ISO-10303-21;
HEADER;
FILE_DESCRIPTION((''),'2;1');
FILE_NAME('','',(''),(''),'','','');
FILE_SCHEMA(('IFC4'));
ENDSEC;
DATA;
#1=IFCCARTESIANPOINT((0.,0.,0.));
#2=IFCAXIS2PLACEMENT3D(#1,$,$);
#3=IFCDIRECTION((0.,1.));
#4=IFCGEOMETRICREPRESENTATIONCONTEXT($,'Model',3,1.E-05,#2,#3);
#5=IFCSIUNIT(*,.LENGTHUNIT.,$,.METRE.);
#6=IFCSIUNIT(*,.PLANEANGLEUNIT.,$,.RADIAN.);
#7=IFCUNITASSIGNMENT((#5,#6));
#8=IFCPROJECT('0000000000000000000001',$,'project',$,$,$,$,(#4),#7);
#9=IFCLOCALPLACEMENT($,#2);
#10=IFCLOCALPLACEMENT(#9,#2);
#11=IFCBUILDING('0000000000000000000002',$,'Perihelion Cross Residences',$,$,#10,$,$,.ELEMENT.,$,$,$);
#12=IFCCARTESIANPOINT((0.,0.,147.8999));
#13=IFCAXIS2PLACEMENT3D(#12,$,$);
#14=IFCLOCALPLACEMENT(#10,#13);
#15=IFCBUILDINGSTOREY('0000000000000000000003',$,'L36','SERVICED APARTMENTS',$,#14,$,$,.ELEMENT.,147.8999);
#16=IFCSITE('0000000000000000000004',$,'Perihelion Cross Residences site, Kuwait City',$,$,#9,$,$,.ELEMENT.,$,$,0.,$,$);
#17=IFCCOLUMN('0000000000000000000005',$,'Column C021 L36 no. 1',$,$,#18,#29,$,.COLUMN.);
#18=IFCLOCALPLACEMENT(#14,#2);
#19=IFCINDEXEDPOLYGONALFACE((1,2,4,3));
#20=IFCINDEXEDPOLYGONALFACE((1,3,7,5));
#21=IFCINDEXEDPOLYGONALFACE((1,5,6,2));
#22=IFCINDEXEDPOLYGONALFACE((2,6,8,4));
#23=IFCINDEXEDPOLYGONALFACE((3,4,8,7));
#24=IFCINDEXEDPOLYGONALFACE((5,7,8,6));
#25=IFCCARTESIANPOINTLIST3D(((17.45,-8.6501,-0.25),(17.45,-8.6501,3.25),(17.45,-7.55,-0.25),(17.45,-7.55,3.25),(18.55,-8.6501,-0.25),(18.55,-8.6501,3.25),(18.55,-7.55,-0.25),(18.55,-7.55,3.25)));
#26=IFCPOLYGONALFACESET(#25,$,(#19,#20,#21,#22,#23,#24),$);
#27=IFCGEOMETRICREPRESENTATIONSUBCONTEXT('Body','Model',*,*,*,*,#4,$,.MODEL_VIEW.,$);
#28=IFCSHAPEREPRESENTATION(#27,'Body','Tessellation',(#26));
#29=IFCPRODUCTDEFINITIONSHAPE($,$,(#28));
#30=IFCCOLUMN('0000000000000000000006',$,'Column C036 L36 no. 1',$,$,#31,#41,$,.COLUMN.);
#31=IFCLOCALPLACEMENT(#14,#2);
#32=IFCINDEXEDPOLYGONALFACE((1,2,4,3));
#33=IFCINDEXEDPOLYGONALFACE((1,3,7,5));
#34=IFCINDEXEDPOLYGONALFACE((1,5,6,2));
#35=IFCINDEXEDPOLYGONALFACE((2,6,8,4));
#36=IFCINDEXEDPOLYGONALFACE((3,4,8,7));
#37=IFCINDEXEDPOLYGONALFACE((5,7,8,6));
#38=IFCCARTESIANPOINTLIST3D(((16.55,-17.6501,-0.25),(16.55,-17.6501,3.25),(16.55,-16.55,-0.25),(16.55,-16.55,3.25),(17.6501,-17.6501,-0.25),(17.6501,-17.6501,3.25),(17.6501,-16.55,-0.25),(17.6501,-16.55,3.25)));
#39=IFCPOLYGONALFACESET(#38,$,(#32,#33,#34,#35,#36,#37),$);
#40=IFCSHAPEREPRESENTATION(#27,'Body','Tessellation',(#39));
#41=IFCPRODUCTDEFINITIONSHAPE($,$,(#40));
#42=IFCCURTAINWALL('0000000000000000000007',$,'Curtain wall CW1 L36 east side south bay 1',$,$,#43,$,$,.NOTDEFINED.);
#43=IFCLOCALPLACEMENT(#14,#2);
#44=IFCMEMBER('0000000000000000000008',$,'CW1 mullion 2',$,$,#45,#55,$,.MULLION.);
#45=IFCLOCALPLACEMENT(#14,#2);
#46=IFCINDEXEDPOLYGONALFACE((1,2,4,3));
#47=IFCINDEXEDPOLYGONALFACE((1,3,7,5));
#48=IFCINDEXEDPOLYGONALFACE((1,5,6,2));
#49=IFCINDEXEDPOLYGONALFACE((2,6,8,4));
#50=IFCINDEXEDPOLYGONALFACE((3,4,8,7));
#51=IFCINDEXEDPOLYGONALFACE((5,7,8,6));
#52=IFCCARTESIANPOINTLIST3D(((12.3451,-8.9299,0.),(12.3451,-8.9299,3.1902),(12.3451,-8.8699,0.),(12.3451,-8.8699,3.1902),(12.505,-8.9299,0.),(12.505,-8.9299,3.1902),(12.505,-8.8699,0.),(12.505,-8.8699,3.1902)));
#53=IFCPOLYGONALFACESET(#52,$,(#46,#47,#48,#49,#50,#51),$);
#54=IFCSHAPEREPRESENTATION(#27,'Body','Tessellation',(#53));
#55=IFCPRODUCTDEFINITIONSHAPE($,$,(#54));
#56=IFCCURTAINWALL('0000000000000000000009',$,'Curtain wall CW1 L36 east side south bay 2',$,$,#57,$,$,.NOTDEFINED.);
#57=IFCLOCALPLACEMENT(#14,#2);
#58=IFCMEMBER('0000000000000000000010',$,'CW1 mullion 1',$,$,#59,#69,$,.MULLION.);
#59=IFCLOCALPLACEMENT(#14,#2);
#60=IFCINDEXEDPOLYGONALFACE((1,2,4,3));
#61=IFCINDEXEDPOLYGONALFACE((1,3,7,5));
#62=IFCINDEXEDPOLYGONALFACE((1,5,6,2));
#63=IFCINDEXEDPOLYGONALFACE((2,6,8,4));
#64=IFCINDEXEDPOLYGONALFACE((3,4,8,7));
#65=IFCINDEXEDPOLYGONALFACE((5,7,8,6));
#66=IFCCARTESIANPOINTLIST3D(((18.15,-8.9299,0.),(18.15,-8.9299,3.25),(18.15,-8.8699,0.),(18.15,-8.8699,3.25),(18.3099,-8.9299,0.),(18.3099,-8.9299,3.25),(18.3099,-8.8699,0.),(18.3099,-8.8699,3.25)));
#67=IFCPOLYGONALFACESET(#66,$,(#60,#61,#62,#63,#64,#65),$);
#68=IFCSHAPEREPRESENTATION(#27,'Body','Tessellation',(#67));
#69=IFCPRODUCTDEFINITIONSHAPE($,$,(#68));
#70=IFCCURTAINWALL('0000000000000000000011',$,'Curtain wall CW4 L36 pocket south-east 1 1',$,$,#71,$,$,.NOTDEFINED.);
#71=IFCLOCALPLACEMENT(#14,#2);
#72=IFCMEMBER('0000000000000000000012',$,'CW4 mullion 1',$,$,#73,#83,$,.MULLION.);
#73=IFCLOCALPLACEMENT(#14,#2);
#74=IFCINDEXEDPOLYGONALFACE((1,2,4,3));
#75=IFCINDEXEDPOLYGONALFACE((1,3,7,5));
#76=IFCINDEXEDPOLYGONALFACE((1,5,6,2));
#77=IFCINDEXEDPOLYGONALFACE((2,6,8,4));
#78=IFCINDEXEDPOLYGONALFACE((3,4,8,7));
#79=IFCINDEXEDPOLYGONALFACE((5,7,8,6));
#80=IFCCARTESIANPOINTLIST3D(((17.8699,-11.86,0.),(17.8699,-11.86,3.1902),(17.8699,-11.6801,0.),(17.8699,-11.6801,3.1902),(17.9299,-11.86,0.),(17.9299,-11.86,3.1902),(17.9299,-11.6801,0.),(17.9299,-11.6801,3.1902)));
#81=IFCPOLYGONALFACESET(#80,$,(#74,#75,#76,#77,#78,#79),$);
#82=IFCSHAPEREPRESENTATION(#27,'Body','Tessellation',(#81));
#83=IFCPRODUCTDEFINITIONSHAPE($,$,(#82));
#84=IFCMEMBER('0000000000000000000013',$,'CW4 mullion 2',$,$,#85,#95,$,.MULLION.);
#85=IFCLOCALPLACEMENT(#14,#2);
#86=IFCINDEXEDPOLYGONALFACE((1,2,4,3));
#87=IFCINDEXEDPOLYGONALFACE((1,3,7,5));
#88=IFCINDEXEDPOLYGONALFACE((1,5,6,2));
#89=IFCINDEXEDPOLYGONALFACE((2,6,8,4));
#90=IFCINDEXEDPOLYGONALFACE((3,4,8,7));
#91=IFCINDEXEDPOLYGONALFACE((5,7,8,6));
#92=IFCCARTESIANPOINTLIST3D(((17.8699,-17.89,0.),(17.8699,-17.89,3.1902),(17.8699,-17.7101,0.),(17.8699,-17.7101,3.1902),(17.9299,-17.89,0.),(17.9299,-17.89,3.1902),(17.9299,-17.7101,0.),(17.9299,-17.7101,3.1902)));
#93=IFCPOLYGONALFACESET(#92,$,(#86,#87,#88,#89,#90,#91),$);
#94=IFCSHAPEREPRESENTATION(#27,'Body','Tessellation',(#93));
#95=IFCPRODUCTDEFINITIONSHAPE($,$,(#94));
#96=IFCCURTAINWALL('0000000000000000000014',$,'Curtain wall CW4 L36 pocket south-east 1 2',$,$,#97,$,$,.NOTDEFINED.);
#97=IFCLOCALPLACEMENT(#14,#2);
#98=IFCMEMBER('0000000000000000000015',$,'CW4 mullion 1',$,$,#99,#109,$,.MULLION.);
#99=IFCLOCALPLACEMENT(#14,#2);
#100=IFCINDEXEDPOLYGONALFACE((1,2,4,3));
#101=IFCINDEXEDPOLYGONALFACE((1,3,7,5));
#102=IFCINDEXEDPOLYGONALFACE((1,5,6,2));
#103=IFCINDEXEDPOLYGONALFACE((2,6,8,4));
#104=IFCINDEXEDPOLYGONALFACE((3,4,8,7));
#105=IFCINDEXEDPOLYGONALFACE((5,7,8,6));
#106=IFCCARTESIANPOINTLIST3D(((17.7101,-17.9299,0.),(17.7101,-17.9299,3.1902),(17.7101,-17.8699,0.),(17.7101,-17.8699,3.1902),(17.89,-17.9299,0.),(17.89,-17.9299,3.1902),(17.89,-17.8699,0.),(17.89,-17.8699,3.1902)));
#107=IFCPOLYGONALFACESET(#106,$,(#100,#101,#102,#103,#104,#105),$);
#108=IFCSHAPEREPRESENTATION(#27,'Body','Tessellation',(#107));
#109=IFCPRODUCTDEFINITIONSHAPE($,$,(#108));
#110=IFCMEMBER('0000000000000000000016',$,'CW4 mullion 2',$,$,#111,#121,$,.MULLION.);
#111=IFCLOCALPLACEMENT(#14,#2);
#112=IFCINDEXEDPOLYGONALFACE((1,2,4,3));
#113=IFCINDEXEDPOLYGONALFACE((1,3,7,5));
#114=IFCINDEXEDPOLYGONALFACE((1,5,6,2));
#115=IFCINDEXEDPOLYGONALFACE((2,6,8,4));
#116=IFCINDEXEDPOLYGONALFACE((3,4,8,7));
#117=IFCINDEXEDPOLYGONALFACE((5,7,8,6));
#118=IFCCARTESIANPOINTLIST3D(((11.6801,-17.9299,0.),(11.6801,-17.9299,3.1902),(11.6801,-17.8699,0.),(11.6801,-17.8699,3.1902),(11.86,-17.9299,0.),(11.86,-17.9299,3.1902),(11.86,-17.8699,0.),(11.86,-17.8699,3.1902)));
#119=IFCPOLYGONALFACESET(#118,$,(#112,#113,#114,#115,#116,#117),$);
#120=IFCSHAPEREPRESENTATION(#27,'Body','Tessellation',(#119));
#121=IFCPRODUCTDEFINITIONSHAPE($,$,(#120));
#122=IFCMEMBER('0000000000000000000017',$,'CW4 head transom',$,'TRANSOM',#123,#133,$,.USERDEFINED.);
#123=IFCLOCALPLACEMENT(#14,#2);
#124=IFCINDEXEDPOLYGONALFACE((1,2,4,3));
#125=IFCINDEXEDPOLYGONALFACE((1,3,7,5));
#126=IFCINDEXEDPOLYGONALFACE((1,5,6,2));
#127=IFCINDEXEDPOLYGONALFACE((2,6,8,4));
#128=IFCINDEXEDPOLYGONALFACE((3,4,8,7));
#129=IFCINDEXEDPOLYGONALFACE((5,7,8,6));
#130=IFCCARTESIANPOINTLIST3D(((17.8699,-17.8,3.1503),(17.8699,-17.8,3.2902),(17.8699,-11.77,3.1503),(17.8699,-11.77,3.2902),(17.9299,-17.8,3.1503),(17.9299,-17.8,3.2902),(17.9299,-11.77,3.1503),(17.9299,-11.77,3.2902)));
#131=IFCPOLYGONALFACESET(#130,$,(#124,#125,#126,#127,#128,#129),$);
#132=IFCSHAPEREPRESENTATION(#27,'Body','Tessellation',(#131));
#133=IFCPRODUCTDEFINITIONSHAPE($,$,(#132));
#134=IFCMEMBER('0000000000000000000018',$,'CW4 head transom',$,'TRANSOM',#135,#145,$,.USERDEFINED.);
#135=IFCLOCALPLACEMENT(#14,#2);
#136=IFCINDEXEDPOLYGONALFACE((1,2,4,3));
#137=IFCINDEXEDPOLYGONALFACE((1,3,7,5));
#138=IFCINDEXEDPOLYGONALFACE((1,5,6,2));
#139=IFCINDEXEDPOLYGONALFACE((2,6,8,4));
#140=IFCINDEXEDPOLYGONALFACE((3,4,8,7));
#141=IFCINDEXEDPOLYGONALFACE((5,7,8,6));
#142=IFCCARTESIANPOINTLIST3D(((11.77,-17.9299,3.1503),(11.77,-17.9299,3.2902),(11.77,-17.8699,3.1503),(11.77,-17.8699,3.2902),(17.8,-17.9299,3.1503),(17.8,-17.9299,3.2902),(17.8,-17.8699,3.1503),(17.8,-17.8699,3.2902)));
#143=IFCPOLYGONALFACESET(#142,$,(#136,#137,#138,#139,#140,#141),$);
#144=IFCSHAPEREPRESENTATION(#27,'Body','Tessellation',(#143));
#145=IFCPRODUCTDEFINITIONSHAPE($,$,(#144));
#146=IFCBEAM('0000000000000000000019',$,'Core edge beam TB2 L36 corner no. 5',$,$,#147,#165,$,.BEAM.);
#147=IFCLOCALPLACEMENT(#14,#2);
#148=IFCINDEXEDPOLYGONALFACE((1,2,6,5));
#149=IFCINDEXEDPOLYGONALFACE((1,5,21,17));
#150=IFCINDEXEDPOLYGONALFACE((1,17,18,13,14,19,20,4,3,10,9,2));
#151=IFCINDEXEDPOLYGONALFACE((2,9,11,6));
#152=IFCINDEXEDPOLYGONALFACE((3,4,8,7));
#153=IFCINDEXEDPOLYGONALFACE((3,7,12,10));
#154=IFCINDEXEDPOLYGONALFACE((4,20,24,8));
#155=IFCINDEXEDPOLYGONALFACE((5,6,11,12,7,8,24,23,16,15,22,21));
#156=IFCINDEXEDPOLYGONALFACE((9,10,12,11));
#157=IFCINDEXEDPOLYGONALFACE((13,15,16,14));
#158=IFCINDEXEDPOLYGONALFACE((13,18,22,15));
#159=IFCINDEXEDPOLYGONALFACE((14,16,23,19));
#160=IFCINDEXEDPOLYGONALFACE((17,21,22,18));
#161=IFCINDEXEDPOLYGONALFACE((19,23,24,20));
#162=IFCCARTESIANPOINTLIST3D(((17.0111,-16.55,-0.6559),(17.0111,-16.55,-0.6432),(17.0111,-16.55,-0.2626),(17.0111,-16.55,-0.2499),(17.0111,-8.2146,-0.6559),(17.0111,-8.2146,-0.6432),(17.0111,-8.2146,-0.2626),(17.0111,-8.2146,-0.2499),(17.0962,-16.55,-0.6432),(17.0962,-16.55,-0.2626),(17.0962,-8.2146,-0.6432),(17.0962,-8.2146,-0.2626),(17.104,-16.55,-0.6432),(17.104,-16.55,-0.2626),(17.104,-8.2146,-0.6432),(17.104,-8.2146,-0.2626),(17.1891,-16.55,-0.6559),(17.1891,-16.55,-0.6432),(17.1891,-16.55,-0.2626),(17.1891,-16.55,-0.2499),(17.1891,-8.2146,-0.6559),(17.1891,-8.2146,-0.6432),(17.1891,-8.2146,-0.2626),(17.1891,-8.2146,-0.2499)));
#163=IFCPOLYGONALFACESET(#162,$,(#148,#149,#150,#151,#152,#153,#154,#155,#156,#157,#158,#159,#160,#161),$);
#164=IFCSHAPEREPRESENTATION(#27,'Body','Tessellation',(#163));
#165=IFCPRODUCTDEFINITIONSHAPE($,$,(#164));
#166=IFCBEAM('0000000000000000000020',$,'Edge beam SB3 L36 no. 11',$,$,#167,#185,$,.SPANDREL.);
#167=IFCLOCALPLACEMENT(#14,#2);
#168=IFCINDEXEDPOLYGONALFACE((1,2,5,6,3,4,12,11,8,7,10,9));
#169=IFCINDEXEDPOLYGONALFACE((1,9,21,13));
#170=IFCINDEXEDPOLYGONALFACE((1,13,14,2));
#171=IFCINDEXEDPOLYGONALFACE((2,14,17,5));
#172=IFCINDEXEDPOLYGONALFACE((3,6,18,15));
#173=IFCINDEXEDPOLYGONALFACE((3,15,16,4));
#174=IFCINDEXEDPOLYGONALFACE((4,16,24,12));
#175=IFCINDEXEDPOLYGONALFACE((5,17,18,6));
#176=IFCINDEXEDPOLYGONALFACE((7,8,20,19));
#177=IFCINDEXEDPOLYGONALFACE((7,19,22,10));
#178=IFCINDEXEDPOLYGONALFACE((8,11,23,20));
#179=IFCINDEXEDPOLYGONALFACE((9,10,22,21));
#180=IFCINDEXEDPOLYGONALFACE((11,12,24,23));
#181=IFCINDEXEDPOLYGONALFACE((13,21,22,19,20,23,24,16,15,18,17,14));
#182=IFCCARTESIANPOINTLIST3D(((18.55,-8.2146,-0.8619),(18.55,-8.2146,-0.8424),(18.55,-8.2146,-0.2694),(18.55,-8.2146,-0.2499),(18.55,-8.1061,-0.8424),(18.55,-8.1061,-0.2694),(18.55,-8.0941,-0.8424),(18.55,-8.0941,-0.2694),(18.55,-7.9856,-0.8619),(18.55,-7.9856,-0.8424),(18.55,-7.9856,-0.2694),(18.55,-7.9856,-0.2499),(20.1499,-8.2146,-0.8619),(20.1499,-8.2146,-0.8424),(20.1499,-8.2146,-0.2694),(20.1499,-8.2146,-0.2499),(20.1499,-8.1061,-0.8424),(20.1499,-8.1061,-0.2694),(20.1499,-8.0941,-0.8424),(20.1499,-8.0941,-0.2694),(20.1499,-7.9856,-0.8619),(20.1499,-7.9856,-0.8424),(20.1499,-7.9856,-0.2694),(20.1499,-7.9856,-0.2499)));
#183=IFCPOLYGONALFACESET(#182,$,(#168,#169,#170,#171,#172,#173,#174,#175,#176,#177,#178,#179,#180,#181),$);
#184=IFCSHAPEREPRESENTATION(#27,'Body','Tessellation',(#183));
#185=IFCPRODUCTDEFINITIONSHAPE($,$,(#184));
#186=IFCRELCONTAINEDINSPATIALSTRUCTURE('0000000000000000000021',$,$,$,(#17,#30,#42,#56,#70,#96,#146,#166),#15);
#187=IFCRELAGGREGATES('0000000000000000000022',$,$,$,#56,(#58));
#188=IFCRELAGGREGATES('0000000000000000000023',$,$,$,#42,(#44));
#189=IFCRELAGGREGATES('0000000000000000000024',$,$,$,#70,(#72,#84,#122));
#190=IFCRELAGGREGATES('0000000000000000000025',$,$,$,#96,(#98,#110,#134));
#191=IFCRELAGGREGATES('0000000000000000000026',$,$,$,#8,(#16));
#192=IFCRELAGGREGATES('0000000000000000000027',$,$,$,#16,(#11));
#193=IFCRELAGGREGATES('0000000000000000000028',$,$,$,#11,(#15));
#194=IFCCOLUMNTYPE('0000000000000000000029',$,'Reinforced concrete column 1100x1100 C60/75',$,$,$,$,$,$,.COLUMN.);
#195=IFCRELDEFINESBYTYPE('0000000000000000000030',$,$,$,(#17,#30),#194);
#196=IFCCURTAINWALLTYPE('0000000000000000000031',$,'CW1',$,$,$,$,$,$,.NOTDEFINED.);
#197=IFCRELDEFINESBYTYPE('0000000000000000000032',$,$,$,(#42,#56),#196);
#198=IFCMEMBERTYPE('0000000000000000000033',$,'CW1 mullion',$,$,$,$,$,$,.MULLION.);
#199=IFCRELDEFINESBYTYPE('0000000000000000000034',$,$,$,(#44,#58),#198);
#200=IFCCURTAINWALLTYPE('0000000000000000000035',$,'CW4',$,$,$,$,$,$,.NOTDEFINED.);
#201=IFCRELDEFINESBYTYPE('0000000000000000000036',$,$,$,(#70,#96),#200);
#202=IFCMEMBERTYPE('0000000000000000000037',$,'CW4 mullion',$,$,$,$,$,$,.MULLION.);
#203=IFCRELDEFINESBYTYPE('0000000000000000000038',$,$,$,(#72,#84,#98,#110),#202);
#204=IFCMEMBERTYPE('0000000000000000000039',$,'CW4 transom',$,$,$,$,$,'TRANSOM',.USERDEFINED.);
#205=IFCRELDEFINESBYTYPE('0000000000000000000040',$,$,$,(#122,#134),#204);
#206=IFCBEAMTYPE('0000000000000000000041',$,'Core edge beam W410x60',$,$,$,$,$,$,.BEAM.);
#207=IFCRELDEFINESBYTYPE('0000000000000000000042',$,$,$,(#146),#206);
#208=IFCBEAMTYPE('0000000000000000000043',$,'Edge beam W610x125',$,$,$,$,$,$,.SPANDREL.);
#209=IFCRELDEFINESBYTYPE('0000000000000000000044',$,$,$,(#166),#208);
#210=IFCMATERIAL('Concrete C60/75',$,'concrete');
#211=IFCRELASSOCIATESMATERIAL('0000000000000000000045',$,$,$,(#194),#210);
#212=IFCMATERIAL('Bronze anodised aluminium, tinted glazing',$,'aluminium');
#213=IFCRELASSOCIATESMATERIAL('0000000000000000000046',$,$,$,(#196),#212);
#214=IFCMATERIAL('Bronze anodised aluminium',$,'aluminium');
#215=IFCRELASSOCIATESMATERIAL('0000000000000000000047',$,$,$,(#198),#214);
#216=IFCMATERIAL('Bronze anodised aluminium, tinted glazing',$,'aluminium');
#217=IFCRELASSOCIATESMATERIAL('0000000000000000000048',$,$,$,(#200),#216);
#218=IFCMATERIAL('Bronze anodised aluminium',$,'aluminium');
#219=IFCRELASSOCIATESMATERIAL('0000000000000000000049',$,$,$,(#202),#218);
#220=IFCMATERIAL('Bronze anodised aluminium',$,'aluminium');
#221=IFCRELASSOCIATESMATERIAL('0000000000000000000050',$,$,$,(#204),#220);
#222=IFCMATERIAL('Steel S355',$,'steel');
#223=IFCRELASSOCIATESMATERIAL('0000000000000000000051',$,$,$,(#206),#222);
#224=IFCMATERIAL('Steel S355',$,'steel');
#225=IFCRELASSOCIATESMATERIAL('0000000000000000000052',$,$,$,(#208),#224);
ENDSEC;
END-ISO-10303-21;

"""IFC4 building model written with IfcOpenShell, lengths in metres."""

from ifc_helpers import new_model, si_unit, direction, frame, origin, origin_2d, place, context, subcontext, project, spatial, rectangle, i_section, extrude, material, material_profile, profile_set, type_object, element, aggregate, save


model = new_model("IFC4")

# Units and contexts
model_context = context("Model", 3, precision=1e-05, world=origin(), true_north=direction((0.0, 1.0)))
body_context = subcontext(model_context, "Body", "Model", "MODEL_VIEW")
ifc_project = project(units=[si_unit("LENGTHUNIT", "METRE"), si_unit("PLANEANGLEUNIT", "RADIAN")], contexts=[model_context])

# Site, building, storey
site_placement = place(None, origin())
site = spatial("IfcSite", under=ifc_project, at=site_placement, Name="Perihelion Cross Residences site, Kuwait City", CompositionType="ELEMENT", RefElevation=0.0)
building_placement = place(site_placement, origin())
building = spatial("IfcBuilding", under=site, at=building_placement, Name="Perihelion Cross Residences", CompositionType="ELEMENT")
storey_placement = place(building_placement, frame((0.0, 0.0, 147.8999)))
storey = spatial("IfcBuildingStorey", under=building, at=storey_placement, Name="L36", Description="SERVICED APARTMENTS", CompositionType="ELEMENT", Elevation=147.8999)

# Columns
ifc_material_1 = material(Name="Concrete C60/75", Category="concrete")
ifc_material_profile_1 = material_profile(ifc_material_1, rectangle(XDim=1.1001, YDim=1.1001, at=origin_2d()), Name="RC 1100x1100")
ifc_profile_set_1 = profile_set([ifc_material_profile_1], Name="Concrete C60/75")
column_type = type_object("IfcColumnType", Name="Reinforced concrete column 1100x1100 C60/75", PredefinedType="COLUMN", material=ifc_profile_set_1)
for number, where, z_axis, x_axis, name in (
    (1, (18.0, -8.1001, -0.25), (0.0, 0.0, 1.0), (1.0, 0.0, 0.0), "Column C021 L36 no. 1"),
    (2, (17.1001, -17.1001, -0.25), (0.0, 0.0, 1.0), (1.0, 0.0, 0.0), "Column C036 L36 no. 1"),
):
    element("IfcColumn", number, at=place(storey_placement, frame(where, z_axis=z_axis, x_axis=x_axis)), inside=storey, type_object=column_type, Name=name, PredefinedType="COLUMN", context=body_context, shape_type="SweptSolid", body=[
        extrude(rectangle(XDim=1.1001, YDim=1.1001, at=origin_2d()), origin(), (0.0, 0.0, 1.0), 3.5),
    ])

# Curtain walls, members
ifc_material_2 = material(Name="Bronze anodised aluminium, tinted glazing", Category="aluminium")
curtain_wall_type_1 = type_object("IfcCurtainWallType", Name="CW1", PredefinedType="NOTDEFINED", material=ifc_material_2)
curtain_wall_1_placement = place(storey_placement, origin())
curtain_wall_1 = element("IfcCurtainWall", 3, at=curtain_wall_1_placement, inside=storey, type_object=curtain_wall_type_1, Name="Curtain wall CW1 L36 east side south bay 1", PredefinedType="NOTDEFINED")
ifc_material_3 = material(Name="Bronze anodised aluminium", Category="aluminium")
ifc_material_profile_2 = material_profile(ifc_material_3, rectangle(XDim=0.0601, YDim=0.1599, at=origin_2d()), Name="CW1 mullion")
ifc_profile_set_2 = profile_set([ifc_material_profile_2], Name="Bronze anodised aluminium")
member_type_1 = type_object("IfcMemberType", Name="CW1 mullion", PredefinedType="MULLION", material=ifc_profile_set_2)
member_1_placement = place(storey_placement, frame((12.425, -8.8999, 0.0), z_axis=(0.0, 0.0, 1.0), x_axis=(0.0, 1.0, 0.0)))
member_1 = element("IfcMember", 4, at=member_1_placement, type_object=member_type_1, Name="CW1 mullion 2", PredefinedType="MULLION", context=body_context, shape_type="SweptSolid", body=[
    extrude(rectangle(XDim=0.0601, YDim=0.1599, at=origin_2d()), origin(), (0.0, 0.0, 1.0), 3.1902),
])
curtain_wall_2_placement = place(storey_placement, origin())
curtain_wall_2 = element("IfcCurtainWall", 5, at=curtain_wall_2_placement, inside=storey, type_object=curtain_wall_type_1, Name="Curtain wall CW1 L36 east side south bay 2", PredefinedType="NOTDEFINED")
member_2_placement = place(storey_placement, frame((18.23, -8.8999, 0.0), z_axis=(0.0, 0.0, 1.0), x_axis=(0.0, 1.0, 0.0)))
member_2 = element("IfcMember", 6, at=member_2_placement, type_object=member_type_1, Name="CW1 mullion 1", PredefinedType="MULLION", context=body_context, shape_type="SweptSolid", body=[
    extrude(rectangle(XDim=0.0601, YDim=0.1599, at=origin_2d()), origin(), (0.0, 0.0, 1.0), 3.25),
])
aggregate(curtain_wall_2, [member_2])

# Curtain walls, members
ifc_material_4 = material(Name="Bronze anodised aluminium, tinted glazing", Category="aluminium")
curtain_wall_type_2 = type_object("IfcCurtainWallType", Name="CW4", PredefinedType="NOTDEFINED", material=ifc_material_4)
curtain_wall_3_placement = place(storey_placement, origin())
curtain_wall_3 = element("IfcCurtainWall", 7, at=curtain_wall_3_placement, inside=storey, type_object=curtain_wall_type_2, Name="Curtain wall CW4 L36 pocket south-east 1 1", PredefinedType="NOTDEFINED")
ifc_material_5 = material(Name="Bronze anodised aluminium", Category="aluminium")
ifc_material_profile_3 = material_profile(ifc_material_5, rectangle(XDim=0.0601, YDim=0.1799, at=origin_2d()), Name="CW4 mullion")
ifc_profile_set_3 = profile_set([ifc_material_profile_3], Name="Bronze anodised aluminium")
member_type_2 = type_object("IfcMemberType", Name="CW4 mullion", PredefinedType="MULLION", material=ifc_profile_set_3)
member_3_placement = place(storey_placement, frame((17.8999, -11.77, 0.0), z_axis=(0.0, 0.0, 1.0), x_axis=(1.0, 0.0, 0.0)))
member_3 = element("IfcMember", 8, at=member_3_placement, type_object=member_type_2, Name="CW4 mullion 1", PredefinedType="MULLION", context=body_context, shape_type="SweptSolid", body=[
    extrude(rectangle(XDim=0.0601, YDim=0.1799, at=origin_2d()), origin(), (0.0, 0.0, 1.0), 3.1902),
])
member_4_placement = place(storey_placement, frame((17.8999, -17.8, 0.0), z_axis=(0.0, 0.0, 1.0), x_axis=(1.0, 0.0, 0.0)))
member_4 = element("IfcMember", 9, at=member_4_placement, type_object=member_type_2, Name="CW4 mullion 2", PredefinedType="MULLION", context=body_context, shape_type="SweptSolid", body=[
    extrude(rectangle(XDim=0.0601, YDim=0.1799, at=origin_2d()), origin(), (0.0, 0.0, 1.0), 3.1902),
])
curtain_wall_4_placement = place(storey_placement, origin())
curtain_wall_4 = element("IfcCurtainWall", 10, at=curtain_wall_4_placement, inside=storey, type_object=curtain_wall_type_2, Name="Curtain wall CW4 L36 pocket south-east 1 2", PredefinedType="NOTDEFINED")
member_5_placement = place(storey_placement, frame((17.8, -17.8999, 0.0), z_axis=(0.0, 0.0, 1.0), x_axis=(0.0, -1.0, 0.0)))
member_5 = element("IfcMember", 11, at=member_5_placement, type_object=member_type_2, Name="CW4 mullion 1", PredefinedType="MULLION", context=body_context, shape_type="SweptSolid", body=[
    extrude(rectangle(XDim=0.0601, YDim=0.1799, at=origin_2d()), origin(), (0.0, 0.0, 1.0), 3.1902),
])
member_6_placement = place(storey_placement, frame((11.77, -17.8999, 0.0), z_axis=(0.0, 0.0, 1.0), x_axis=(0.0, -1.0, 0.0)))
member_6 = element("IfcMember", 12, at=member_6_placement, type_object=member_type_2, Name="CW4 mullion 2", PredefinedType="MULLION", context=body_context, shape_type="SweptSolid", body=[
    extrude(rectangle(XDim=0.0601, YDim=0.1799, at=origin_2d()), origin(), (0.0, 0.0, 1.0), 3.1902),
])

# Members
ifc_material_6 = material(Name="Bronze anodised aluminium", Category="aluminium")
ifc_material_profile_4 = material_profile(ifc_material_6, rectangle(XDim=0.0601, YDim=0.1399, at=origin_2d()), Name="CW4 transom")
ifc_profile_set_4 = profile_set([ifc_material_profile_4], Name="Bronze anodised aluminium")
member_type_3 = type_object("IfcMemberType", Name="CW4 transom", ElementType="TRANSOM", PredefinedType="USERDEFINED", material=ifc_profile_set_4)
member_7_placement = place(storey_placement, frame((17.8999, -11.77, 3.2202), z_axis=(0.0, -1.0, 0.0), x_axis=(1.0, 0.0, 0.0)))
member_7 = element("IfcMember", 13, at=member_7_placement, type_object=member_type_3, Name="CW4 head transom", ObjectType="TRANSOM", PredefinedType="USERDEFINED", context=body_context, shape_type="SweptSolid", body=[
    extrude(rectangle(XDim=0.0601, YDim=0.1399, at=origin_2d()), origin(), (0.0, 0.0, 1.0), 6.03),
])
member_8_placement = place(storey_placement, frame((17.8, -17.8999, 3.2202), z_axis=(-1.0, 0.0, 0.0), x_axis=(0.0, -1.0, 0.0)))
member_8 = element("IfcMember", 14, at=member_8_placement, type_object=member_type_3, Name="CW4 head transom", ObjectType="TRANSOM", PredefinedType="USERDEFINED", context=body_context, shape_type="SweptSolid", body=[
    extrude(rectangle(XDim=0.0601, YDim=0.1399, at=origin_2d()), origin(), (0.0, 0.0, 1.0), 6.03),
])

# Beams
ifc_material_7 = material(Name="Steel S355", Category="steel")
ifc_material_profile_5 = material_profile(ifc_material_7, i_section(OverallWidth=0.178, OverallDepth=0.406, WebThickness=0.0078, FlangeThickness=0.0127, at=origin_2d()), Name="W410x60")
ifc_profile_set_5 = profile_set([ifc_material_profile_5], Name="Steel S355")
beam_type_1 = type_object("IfcBeamType", Name="Core edge beam W410x60", PredefinedType="BEAM", material=ifc_profile_set_5)
beam_1_placement = place(storey_placement, frame((17.1001, -8.2146, -0.4529), z_axis=(0.0, -1.0, 0.0), x_axis=(1.0, 0.0, 0.0)))
element("IfcBeam", 15, at=beam_1_placement, inside=storey, type_object=beam_type_1, Name="Core edge beam TB2 L36 corner no. 5", PredefinedType="BEAM", context=body_context, shape_type="SweptSolid", body=[
    extrude(i_section(OverallWidth=0.178, OverallDepth=0.406, WebThickness=0.0078, FlangeThickness=0.0127, at=origin_2d()), origin(), (0.0, 0.0, 1.0), 8.3354),
])
ifc_material_8 = material(Name="Steel S355", Category="steel")
ifc_material_profile_6 = material_profile(ifc_material_8, i_section(OverallWidth=0.229, OverallDepth=0.6121, WebThickness=0.012, FlangeThickness=0.0195, at=origin_2d()), Name="W610x125")
ifc_profile_set_6 = profile_set([ifc_material_profile_6], Name="Steel S355")
beam_type_2 = type_object("IfcBeamType", Name="Edge beam W610x125", PredefinedType="SPANDREL", material=ifc_profile_set_6)
beam_2_placement = place(storey_placement, frame((18.55, -8.1001, -0.5559), z_axis=(1.0, 0.0, 0.0), x_axis=(0.0, 1.0, 0.0)))
element("IfcBeam", 16, at=beam_2_placement, inside=storey, type_object=beam_type_2, Name="Edge beam SB3 L36 no. 11", PredefinedType="SPANDREL", context=body_context, shape_type="SweptSolid", body=[
    extrude(i_section(OverallWidth=0.229, OverallDepth=0.6121, WebThickness=0.012, FlangeThickness=0.0195, at=origin_2d()), origin(), (0.0, 0.0, 1.0), 1.5999),
])

aggregate(curtain_wall_1, [member_1])
aggregate(curtain_wall_3, [member_3, member_4, member_7])
aggregate(curtain_wall_4, [member_5, member_6, member_8])

save(model, "model.ifc")
